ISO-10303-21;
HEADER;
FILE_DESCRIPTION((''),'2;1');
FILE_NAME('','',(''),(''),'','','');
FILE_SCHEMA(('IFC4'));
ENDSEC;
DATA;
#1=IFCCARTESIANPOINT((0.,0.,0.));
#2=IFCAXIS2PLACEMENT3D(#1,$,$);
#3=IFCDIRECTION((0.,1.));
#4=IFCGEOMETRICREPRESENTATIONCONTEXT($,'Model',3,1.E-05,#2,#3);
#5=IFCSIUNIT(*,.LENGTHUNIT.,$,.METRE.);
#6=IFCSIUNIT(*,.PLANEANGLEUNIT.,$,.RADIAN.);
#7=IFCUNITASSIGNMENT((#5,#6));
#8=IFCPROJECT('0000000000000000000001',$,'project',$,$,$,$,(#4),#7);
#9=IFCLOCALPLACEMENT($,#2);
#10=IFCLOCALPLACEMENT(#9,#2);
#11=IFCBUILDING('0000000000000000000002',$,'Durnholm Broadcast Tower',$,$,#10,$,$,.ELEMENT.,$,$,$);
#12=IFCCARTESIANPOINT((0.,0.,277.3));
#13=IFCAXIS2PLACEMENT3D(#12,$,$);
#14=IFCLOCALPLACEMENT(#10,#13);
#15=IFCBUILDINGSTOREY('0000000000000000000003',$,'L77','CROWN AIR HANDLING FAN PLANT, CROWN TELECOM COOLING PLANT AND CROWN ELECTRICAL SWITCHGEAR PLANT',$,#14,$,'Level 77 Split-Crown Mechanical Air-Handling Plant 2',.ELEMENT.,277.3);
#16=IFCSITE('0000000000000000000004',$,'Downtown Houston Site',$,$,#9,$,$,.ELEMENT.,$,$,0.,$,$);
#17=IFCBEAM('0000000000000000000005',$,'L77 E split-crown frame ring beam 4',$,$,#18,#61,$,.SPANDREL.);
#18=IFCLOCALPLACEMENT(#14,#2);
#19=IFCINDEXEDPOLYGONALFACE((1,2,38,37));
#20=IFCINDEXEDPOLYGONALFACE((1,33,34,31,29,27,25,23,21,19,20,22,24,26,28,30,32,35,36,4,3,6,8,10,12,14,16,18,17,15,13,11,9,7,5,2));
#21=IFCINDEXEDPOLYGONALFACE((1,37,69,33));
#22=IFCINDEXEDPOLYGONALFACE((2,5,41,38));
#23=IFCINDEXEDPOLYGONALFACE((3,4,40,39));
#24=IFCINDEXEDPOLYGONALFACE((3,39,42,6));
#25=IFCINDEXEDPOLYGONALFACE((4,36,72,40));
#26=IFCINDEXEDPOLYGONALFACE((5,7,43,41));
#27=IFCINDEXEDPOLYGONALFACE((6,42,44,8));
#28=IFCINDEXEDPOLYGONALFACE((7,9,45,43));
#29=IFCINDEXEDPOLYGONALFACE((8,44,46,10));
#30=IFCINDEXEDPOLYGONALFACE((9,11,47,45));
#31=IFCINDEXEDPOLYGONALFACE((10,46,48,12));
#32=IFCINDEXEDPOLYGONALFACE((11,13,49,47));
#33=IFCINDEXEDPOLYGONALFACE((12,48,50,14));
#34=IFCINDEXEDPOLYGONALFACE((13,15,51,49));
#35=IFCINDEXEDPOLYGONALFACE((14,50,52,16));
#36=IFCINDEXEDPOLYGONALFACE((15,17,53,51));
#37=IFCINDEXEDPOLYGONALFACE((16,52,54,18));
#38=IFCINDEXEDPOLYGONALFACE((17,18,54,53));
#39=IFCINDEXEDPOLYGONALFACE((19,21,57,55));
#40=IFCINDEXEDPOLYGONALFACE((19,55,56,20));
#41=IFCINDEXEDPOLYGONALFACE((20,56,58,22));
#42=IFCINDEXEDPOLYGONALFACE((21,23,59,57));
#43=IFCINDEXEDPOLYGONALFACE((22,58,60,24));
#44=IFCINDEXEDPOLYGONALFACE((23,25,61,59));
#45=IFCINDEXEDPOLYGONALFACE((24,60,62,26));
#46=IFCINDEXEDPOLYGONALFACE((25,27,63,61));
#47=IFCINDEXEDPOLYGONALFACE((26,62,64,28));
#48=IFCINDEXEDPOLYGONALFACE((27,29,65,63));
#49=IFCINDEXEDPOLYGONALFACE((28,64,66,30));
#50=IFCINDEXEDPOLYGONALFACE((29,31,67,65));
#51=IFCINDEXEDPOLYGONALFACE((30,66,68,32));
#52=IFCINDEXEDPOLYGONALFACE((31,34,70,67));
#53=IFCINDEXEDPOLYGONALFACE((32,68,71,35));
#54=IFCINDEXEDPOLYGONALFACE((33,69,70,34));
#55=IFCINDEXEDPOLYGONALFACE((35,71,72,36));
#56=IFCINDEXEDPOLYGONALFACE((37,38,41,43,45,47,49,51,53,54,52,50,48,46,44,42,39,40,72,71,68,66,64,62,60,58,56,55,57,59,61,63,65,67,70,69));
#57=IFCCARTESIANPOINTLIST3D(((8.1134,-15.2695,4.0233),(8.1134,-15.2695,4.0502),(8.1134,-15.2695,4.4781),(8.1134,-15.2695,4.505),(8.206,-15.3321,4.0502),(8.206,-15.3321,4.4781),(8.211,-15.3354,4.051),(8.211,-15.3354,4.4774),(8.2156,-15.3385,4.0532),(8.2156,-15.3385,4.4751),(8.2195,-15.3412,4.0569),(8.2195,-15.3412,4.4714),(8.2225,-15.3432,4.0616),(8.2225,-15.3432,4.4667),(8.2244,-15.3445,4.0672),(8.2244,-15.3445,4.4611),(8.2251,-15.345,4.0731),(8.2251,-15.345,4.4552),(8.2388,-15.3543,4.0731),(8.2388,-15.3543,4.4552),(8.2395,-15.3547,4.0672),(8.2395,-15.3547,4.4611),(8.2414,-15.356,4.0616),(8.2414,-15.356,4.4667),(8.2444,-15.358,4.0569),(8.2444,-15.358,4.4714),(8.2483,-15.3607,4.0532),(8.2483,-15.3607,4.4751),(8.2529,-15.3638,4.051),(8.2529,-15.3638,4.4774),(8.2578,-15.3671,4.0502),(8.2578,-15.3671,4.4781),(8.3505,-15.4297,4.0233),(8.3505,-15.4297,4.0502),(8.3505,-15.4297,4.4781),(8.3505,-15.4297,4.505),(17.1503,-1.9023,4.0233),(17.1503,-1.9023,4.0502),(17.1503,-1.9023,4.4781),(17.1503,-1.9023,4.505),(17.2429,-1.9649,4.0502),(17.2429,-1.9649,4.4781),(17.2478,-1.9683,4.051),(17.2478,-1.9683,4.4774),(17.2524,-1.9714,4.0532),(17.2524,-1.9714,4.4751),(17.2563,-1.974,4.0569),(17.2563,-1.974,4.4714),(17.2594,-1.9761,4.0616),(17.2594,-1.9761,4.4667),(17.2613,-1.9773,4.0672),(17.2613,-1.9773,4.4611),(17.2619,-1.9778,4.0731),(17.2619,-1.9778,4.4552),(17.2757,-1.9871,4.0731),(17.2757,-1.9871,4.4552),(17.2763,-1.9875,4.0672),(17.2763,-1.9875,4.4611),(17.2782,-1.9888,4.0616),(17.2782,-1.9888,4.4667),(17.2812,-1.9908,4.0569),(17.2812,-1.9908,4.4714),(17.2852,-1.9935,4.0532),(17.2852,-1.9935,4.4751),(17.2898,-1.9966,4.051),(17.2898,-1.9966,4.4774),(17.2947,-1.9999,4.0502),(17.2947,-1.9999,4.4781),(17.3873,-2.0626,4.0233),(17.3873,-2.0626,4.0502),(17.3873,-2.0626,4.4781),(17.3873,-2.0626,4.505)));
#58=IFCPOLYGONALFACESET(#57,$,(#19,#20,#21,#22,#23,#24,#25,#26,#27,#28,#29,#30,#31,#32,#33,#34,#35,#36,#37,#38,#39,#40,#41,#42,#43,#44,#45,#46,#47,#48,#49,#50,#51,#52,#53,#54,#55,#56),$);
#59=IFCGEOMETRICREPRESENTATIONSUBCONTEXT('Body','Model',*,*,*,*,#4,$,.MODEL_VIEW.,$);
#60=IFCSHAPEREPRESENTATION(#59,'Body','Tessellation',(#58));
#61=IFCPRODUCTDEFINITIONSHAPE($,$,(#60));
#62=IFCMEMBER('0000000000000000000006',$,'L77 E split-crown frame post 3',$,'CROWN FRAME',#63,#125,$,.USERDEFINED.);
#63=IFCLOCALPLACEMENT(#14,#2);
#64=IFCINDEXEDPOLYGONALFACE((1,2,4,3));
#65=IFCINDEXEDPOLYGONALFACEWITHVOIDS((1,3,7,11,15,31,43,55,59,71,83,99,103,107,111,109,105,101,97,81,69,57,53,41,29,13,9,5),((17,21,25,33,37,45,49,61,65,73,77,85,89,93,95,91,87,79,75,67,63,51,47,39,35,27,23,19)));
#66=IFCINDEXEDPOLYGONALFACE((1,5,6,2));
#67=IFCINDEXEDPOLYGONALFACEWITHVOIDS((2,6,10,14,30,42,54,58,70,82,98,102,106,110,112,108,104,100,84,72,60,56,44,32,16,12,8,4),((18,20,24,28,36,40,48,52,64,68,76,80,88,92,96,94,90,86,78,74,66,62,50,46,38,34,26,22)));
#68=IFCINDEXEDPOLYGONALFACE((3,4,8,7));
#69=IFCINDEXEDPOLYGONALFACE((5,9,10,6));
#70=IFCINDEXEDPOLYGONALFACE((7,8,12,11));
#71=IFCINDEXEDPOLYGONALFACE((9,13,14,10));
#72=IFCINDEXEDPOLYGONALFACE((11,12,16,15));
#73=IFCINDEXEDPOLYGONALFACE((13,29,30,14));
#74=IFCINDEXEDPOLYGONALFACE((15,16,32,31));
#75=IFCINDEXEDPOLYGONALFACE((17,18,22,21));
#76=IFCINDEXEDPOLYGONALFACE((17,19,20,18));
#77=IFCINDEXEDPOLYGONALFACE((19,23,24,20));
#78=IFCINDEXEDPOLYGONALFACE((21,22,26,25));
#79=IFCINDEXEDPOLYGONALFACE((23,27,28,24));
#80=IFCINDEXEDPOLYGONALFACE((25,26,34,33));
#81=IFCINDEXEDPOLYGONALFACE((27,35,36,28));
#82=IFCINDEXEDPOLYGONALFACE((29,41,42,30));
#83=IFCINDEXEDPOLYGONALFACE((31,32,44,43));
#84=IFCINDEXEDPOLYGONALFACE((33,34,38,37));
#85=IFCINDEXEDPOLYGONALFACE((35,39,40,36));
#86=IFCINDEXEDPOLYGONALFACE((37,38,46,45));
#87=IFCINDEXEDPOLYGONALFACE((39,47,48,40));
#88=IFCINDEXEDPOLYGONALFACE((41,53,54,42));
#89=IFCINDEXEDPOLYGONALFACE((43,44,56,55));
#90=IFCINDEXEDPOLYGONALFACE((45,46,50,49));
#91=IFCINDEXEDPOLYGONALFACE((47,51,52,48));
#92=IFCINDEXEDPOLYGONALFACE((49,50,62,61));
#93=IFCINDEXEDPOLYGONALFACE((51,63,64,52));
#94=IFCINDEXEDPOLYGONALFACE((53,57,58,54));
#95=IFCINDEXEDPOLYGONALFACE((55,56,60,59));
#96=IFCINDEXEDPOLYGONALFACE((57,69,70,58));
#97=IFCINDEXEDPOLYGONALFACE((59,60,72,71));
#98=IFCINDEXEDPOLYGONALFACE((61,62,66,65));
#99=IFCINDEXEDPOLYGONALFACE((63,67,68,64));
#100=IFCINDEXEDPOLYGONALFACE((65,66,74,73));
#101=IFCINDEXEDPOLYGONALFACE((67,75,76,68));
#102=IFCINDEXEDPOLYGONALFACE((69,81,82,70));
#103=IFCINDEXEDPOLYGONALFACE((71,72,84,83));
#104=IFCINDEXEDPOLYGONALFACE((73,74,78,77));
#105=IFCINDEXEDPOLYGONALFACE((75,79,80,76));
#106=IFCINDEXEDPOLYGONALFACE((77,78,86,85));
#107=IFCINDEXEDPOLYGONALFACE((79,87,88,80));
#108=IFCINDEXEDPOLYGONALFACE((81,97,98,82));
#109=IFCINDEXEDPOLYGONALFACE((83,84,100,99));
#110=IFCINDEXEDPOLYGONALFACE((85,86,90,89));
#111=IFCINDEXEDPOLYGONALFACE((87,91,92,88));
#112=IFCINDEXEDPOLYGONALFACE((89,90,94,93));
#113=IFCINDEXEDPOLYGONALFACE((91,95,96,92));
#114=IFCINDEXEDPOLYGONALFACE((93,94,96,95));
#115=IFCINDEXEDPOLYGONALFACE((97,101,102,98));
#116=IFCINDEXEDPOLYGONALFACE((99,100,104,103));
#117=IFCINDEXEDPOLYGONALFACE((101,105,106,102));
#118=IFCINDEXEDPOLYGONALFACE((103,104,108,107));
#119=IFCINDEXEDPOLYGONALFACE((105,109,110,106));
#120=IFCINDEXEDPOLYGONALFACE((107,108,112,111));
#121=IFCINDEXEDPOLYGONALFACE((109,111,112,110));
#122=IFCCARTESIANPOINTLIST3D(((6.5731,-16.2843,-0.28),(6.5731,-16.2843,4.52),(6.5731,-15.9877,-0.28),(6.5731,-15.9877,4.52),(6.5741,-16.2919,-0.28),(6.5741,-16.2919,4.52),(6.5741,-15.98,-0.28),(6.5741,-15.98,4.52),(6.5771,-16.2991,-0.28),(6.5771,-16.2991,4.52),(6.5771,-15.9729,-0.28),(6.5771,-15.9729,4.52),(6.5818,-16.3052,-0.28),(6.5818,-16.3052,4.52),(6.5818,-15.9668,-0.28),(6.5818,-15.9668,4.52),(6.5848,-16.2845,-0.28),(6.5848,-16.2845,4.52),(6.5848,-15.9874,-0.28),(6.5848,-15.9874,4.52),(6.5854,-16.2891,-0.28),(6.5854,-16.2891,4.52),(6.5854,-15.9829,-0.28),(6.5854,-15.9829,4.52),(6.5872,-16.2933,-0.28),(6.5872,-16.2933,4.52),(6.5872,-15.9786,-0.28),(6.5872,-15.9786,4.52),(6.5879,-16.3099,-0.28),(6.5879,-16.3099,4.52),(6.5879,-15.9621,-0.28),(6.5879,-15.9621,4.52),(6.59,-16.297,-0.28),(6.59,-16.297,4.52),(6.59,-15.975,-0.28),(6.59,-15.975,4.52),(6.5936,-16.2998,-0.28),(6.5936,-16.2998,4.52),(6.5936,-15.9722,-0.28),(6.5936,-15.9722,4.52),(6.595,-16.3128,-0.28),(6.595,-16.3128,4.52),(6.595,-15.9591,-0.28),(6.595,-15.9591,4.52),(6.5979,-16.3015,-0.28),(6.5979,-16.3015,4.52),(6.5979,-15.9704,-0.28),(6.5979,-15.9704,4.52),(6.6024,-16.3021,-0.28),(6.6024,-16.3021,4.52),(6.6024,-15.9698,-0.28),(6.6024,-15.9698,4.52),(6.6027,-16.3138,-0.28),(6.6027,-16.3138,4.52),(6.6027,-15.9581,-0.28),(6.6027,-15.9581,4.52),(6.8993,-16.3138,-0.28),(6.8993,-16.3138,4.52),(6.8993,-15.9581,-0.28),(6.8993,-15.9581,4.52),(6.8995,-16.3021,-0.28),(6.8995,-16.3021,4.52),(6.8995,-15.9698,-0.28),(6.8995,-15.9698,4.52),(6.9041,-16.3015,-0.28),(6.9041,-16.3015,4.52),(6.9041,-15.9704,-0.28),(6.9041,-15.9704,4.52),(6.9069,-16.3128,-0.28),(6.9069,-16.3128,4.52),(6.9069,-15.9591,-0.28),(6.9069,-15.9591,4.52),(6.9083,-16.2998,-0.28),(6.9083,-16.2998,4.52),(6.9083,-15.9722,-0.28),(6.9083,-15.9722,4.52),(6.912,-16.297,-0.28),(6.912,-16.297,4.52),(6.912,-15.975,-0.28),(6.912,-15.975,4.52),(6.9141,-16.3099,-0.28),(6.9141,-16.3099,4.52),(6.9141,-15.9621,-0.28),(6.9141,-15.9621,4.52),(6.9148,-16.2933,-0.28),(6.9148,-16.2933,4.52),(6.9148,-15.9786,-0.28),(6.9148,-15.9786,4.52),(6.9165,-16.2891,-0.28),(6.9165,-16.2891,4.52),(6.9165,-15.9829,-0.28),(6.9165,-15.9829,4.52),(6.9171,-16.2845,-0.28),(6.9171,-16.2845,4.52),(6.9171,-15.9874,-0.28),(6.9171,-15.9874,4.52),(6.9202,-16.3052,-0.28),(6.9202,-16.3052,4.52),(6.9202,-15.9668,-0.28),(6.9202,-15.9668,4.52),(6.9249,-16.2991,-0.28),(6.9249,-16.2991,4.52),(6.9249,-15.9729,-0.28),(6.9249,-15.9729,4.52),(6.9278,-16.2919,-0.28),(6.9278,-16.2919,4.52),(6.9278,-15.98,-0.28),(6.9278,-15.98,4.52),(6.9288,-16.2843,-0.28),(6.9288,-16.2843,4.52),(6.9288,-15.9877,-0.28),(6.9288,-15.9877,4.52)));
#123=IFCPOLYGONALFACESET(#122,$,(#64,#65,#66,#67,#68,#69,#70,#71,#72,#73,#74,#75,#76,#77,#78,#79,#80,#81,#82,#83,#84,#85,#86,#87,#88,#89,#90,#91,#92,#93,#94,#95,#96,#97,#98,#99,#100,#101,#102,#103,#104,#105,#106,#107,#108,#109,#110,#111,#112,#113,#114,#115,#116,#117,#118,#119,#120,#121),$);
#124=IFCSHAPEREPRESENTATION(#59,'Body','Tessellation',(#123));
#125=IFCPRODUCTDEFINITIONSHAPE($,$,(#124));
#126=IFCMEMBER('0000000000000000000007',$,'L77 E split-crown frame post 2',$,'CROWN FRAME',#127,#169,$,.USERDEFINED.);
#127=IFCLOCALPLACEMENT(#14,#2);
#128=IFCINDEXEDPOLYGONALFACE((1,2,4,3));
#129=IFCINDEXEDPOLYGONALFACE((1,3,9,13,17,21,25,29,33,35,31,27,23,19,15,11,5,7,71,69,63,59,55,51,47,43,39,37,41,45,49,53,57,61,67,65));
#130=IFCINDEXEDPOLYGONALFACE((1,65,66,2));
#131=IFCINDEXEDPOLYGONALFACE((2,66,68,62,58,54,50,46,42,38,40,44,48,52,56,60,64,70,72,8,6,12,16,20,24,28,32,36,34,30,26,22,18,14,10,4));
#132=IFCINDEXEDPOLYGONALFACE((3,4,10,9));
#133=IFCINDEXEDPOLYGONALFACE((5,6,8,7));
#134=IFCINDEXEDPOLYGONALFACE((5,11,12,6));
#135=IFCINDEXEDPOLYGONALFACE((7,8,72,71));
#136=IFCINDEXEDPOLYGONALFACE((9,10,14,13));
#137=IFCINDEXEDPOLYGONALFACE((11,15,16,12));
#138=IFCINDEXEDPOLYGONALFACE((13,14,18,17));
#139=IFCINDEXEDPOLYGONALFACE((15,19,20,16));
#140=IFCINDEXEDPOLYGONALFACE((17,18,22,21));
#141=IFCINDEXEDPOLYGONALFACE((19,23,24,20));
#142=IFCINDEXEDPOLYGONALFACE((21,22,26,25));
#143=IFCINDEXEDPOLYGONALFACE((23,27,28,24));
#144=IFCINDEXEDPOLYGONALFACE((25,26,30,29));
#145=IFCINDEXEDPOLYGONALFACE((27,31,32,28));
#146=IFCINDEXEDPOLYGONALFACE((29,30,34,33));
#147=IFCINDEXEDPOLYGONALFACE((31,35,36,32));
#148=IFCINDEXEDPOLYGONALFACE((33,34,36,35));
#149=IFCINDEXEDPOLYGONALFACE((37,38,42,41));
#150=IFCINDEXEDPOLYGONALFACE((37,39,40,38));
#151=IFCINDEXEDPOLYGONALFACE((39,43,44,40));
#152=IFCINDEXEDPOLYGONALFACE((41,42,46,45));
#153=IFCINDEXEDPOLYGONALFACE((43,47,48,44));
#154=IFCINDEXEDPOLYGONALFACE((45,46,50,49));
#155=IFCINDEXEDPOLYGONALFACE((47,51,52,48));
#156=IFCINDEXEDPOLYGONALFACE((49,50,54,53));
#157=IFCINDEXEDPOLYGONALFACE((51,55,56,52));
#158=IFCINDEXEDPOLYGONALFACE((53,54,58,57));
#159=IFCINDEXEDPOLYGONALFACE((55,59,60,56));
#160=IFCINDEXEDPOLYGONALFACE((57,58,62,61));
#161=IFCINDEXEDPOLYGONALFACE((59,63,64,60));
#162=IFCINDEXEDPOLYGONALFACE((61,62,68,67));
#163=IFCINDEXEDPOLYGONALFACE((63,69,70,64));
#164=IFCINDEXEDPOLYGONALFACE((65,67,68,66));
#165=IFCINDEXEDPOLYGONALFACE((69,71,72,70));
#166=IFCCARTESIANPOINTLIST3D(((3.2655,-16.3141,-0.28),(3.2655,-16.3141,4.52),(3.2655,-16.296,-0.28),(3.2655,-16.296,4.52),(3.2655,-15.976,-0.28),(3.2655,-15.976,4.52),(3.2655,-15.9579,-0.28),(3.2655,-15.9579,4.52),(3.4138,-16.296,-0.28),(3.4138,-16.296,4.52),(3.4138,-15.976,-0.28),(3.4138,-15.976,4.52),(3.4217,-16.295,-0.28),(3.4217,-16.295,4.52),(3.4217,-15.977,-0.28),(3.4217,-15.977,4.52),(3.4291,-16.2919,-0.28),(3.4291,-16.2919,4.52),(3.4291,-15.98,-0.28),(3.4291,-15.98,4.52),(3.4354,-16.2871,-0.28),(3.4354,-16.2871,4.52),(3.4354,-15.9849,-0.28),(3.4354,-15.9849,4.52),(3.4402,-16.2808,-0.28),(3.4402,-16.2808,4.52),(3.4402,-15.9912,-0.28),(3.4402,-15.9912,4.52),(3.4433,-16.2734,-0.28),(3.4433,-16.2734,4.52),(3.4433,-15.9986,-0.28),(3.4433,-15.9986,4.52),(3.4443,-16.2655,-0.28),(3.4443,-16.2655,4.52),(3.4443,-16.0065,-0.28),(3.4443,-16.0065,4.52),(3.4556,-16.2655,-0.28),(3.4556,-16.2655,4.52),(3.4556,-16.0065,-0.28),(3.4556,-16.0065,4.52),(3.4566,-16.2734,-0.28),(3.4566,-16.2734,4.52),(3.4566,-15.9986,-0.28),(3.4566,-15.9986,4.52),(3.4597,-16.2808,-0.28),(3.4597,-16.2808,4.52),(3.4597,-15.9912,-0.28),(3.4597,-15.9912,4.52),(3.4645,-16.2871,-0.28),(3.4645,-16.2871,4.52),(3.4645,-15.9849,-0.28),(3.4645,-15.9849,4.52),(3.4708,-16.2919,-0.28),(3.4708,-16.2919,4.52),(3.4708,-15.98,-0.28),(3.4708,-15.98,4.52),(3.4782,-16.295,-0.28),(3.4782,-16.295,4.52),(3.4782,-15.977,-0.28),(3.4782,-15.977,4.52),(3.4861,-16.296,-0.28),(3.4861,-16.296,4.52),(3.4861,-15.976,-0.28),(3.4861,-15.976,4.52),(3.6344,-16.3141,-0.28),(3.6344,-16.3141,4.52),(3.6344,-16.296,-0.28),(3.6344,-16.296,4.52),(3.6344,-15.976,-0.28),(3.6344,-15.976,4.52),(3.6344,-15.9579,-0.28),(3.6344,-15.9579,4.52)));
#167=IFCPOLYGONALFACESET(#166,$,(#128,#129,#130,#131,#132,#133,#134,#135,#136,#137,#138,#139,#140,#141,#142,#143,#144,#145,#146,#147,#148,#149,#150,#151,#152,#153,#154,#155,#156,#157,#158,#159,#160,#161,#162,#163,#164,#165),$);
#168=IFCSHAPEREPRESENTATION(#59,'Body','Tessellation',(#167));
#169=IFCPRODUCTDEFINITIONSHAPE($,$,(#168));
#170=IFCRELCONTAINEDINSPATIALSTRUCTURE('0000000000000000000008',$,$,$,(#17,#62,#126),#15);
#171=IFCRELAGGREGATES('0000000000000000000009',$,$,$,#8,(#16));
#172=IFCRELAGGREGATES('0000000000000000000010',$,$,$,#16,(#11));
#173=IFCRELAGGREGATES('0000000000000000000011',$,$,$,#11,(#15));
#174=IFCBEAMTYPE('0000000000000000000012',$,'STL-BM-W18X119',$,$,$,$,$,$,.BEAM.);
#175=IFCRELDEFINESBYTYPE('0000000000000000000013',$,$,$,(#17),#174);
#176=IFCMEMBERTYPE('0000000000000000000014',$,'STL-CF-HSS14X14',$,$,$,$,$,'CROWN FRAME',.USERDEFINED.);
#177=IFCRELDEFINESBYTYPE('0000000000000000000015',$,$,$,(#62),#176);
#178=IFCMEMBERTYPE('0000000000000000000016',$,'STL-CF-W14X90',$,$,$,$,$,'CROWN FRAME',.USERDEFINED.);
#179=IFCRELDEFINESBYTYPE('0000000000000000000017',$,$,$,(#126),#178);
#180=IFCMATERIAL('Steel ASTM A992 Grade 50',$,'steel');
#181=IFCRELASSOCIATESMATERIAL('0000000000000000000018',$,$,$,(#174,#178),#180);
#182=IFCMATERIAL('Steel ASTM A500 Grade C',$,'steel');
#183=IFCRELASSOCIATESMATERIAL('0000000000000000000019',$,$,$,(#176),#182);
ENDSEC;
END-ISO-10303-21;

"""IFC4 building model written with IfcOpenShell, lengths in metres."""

from ifc_helpers import new_model, si_unit, direction, frame, origin, origin_2d, place, context, subcontext, project, spatial, hollow_rectangle, i_section, extrude, source, transform, mapped, material, material_profile, profile_set, type_object, type_shapes, element, save


model = new_model("IFC4")

# Units and contexts
model_context = context("Model", 3, precision=1e-05, world=origin(), true_north=direction((0.0, 1.0)))
body_context = subcontext(model_context, "Body", "Model", "MODEL_VIEW")
ifc_project = project(units=[si_unit("LENGTHUNIT", "METRE"), si_unit("PLANEANGLEUNIT", "RADIAN")], contexts=[model_context])

# Site, building, storey
site_placement = place(None, origin())
site = spatial("IfcSite", under=ifc_project, at=site_placement, Name="Downtown Houston Site", CompositionType="ELEMENT", RefElevation=0.0)
building_placement = place(site_placement, origin())
building = spatial("IfcBuilding", under=site, at=building_placement, Name="Durnholm Broadcast Tower", CompositionType="ELEMENT")
storey_placement = place(building_placement, frame((0.0, 0.0, 277.3)))
storey = spatial("IfcBuildingStorey", under=building, at=storey_placement, Name="L77", Description="CROWN AIR HANDLING FAN PLANT, CROWN TELECOM COOLING PLANT AND CROWN ELECTRICAL SWITCHGEAR PLANT", LongName="Level 77 Split-Crown Mechanical Air-Handling Plant 2", CompositionType="ELEMENT", Elevation=277.3)

# Shared definitions
ifc_material_1 = material(Name="Steel ASTM A500 Grade C", Category="steel")

# Beam
ifc_material_2 = material(Name="Steel ASTM A992 Grade 50", Category="steel")
ifc_material_profile_1 = material_profile(ifc_material_2, i_section(OverallWidth=0.2861, OverallDepth=0.4817, WebThickness=0.0166, FlangeThickness=0.0269, FilletRadius=0.0229, at=origin_2d()), Name="W18X119")
ifc_profile_set_1 = profile_set([ifc_material_profile_1], Name="Steel ASTM A992 Grade 50")
beam_type_1 = type_object("IfcBeamType", Name="STL-BM-W18X119", PredefinedType="BEAM", material=ifc_profile_set_1)
shared_shape_1 = source(origin(), body_context, "Body", "SweptSolid", [
    extrude(i_section(OverallWidth=0.2861, OverallDepth=0.4817, WebThickness=0.0166, FlangeThickness=0.0269, FilletRadius=0.0229, at=origin_2d()), origin(), (0.0, 0.0, 1.0), 16.1353),
])
beam_1_placement = place(storey_placement, frame((8.2319, -15.3496, 4.2642), z_axis=(0.560069, 0.828446, 0.0), x_axis=(-0.828446, 0.560069, 0.0)))
element("IfcBeam", 1, at=beam_1_placement, inside=storey, type_object=beam_type_1, Name="L77 E split-crown frame ring beam 4", PredefinedType="SPANDREL", context=body_context, shape_type="MappedRepresentation", body=[
    mapped(shared_shape_1, transform((0.0, 0.0, 0.0), x_axis=(1.0, 0.0, 0.0), y_axis=(0.0, 1.0, 0.0), z_axis=(0.0, 0.0, 1.0), scale=1.0)),
])

# Members
ifc_material_profile_2 = material_profile(ifc_material_1, hollow_rectangle(XDim=0.3557, YDim=0.3557, WallThickness=0.0117, InnerFilletRadius=0.0176, OuterFilletRadius=0.0295, at=origin_2d()), Name="HSS14X14X1/2")
ifc_profile_set_2 = profile_set([ifc_material_profile_2], Name="Steel ASTM A500 Grade C")
member_type_1 = type_object("IfcMemberType", Name="STL-CF-HSS14X14", ElementType="CROWN FRAME", PredefinedType="USERDEFINED", material=ifc_profile_set_2)
shared_shape_2 = source(origin(), body_context, "Body", "SweptSolid", [
    extrude(hollow_rectangle(XDim=0.3557, YDim=0.3557, WallThickness=0.0117, InnerFilletRadius=0.0176, OuterFilletRadius=0.0295, at=origin_2d()), origin(), (0.0, 0.0, 1.0), 4.8),
])
type_shapes(member_type_1, [shared_shape_2])
member_1_placement = place(storey_placement, frame((6.751, -16.136, -0.28), z_axis=(0.0, 0.0, 1.0), x_axis=(1.0, 0.0, 0.0)))
element("IfcMember", 2, at=member_1_placement, inside=storey, type_object=member_type_1, Name="L77 E split-crown frame post 3", ObjectType="CROWN FRAME", PredefinedType="USERDEFINED", context=body_context, shape_type="MappedRepresentation", body=[
    mapped(shared_shape_2, transform((0.0, 0.0, 0.0), x_axis=(1.0, 0.0, 0.0), y_axis=(0.0, 1.0, 0.0), z_axis=(0.0, 0.0, 1.0), scale=1.0)),
])
ifc_material_profile_3 = material_profile(ifc_material_2, i_section(OverallWidth=0.3689, OverallDepth=0.3562, WebThickness=0.0112, FlangeThickness=0.0181, FilletRadius=0.0305, at=origin_2d()), Name="W14X90")
ifc_profile_set_3 = profile_set([ifc_material_profile_3], Name="Steel ASTM A992 Grade 50")
member_type_2 = type_object("IfcMemberType", Name="STL-CF-W14X90", ElementType="CROWN FRAME", PredefinedType="USERDEFINED", material=ifc_profile_set_3)
shared_shape_3 = source(origin(), body_context, "Body", "SweptSolid", [
    extrude(i_section(OverallWidth=0.3689, OverallDepth=0.3562, WebThickness=0.0112, FlangeThickness=0.0181, FilletRadius=0.0305, at=origin_2d()), origin(), (0.0, 0.0, 1.0), 4.8),
])
type_shapes(member_type_2, [shared_shape_3])
for number, where, z_axis, x_axis, name in (
    (3, (3.45, -16.136, -0.28), (0.0, 0.0, 1.0), (1.0, 0.0, 0.0), "L77 E split-crown frame post 2"),
):
    element("IfcMember", number, at=place(storey_placement, frame(where, z_axis=z_axis, x_axis=x_axis)), inside=storey, type_object=member_type_2, Name=name, ObjectType="CROWN FRAME", PredefinedType="USERDEFINED", context=body_context, shape_type="MappedRepresentation", body=[
        mapped(shared_shape_3, transform((0.0, 0.0, 0.0), x_axis=(1.0, 0.0, 0.0), y_axis=(0.0, 1.0, 0.0), z_axis=(0.0, 0.0, 1.0), scale=1.0)),
    ])

save(model, "model.ifc")
